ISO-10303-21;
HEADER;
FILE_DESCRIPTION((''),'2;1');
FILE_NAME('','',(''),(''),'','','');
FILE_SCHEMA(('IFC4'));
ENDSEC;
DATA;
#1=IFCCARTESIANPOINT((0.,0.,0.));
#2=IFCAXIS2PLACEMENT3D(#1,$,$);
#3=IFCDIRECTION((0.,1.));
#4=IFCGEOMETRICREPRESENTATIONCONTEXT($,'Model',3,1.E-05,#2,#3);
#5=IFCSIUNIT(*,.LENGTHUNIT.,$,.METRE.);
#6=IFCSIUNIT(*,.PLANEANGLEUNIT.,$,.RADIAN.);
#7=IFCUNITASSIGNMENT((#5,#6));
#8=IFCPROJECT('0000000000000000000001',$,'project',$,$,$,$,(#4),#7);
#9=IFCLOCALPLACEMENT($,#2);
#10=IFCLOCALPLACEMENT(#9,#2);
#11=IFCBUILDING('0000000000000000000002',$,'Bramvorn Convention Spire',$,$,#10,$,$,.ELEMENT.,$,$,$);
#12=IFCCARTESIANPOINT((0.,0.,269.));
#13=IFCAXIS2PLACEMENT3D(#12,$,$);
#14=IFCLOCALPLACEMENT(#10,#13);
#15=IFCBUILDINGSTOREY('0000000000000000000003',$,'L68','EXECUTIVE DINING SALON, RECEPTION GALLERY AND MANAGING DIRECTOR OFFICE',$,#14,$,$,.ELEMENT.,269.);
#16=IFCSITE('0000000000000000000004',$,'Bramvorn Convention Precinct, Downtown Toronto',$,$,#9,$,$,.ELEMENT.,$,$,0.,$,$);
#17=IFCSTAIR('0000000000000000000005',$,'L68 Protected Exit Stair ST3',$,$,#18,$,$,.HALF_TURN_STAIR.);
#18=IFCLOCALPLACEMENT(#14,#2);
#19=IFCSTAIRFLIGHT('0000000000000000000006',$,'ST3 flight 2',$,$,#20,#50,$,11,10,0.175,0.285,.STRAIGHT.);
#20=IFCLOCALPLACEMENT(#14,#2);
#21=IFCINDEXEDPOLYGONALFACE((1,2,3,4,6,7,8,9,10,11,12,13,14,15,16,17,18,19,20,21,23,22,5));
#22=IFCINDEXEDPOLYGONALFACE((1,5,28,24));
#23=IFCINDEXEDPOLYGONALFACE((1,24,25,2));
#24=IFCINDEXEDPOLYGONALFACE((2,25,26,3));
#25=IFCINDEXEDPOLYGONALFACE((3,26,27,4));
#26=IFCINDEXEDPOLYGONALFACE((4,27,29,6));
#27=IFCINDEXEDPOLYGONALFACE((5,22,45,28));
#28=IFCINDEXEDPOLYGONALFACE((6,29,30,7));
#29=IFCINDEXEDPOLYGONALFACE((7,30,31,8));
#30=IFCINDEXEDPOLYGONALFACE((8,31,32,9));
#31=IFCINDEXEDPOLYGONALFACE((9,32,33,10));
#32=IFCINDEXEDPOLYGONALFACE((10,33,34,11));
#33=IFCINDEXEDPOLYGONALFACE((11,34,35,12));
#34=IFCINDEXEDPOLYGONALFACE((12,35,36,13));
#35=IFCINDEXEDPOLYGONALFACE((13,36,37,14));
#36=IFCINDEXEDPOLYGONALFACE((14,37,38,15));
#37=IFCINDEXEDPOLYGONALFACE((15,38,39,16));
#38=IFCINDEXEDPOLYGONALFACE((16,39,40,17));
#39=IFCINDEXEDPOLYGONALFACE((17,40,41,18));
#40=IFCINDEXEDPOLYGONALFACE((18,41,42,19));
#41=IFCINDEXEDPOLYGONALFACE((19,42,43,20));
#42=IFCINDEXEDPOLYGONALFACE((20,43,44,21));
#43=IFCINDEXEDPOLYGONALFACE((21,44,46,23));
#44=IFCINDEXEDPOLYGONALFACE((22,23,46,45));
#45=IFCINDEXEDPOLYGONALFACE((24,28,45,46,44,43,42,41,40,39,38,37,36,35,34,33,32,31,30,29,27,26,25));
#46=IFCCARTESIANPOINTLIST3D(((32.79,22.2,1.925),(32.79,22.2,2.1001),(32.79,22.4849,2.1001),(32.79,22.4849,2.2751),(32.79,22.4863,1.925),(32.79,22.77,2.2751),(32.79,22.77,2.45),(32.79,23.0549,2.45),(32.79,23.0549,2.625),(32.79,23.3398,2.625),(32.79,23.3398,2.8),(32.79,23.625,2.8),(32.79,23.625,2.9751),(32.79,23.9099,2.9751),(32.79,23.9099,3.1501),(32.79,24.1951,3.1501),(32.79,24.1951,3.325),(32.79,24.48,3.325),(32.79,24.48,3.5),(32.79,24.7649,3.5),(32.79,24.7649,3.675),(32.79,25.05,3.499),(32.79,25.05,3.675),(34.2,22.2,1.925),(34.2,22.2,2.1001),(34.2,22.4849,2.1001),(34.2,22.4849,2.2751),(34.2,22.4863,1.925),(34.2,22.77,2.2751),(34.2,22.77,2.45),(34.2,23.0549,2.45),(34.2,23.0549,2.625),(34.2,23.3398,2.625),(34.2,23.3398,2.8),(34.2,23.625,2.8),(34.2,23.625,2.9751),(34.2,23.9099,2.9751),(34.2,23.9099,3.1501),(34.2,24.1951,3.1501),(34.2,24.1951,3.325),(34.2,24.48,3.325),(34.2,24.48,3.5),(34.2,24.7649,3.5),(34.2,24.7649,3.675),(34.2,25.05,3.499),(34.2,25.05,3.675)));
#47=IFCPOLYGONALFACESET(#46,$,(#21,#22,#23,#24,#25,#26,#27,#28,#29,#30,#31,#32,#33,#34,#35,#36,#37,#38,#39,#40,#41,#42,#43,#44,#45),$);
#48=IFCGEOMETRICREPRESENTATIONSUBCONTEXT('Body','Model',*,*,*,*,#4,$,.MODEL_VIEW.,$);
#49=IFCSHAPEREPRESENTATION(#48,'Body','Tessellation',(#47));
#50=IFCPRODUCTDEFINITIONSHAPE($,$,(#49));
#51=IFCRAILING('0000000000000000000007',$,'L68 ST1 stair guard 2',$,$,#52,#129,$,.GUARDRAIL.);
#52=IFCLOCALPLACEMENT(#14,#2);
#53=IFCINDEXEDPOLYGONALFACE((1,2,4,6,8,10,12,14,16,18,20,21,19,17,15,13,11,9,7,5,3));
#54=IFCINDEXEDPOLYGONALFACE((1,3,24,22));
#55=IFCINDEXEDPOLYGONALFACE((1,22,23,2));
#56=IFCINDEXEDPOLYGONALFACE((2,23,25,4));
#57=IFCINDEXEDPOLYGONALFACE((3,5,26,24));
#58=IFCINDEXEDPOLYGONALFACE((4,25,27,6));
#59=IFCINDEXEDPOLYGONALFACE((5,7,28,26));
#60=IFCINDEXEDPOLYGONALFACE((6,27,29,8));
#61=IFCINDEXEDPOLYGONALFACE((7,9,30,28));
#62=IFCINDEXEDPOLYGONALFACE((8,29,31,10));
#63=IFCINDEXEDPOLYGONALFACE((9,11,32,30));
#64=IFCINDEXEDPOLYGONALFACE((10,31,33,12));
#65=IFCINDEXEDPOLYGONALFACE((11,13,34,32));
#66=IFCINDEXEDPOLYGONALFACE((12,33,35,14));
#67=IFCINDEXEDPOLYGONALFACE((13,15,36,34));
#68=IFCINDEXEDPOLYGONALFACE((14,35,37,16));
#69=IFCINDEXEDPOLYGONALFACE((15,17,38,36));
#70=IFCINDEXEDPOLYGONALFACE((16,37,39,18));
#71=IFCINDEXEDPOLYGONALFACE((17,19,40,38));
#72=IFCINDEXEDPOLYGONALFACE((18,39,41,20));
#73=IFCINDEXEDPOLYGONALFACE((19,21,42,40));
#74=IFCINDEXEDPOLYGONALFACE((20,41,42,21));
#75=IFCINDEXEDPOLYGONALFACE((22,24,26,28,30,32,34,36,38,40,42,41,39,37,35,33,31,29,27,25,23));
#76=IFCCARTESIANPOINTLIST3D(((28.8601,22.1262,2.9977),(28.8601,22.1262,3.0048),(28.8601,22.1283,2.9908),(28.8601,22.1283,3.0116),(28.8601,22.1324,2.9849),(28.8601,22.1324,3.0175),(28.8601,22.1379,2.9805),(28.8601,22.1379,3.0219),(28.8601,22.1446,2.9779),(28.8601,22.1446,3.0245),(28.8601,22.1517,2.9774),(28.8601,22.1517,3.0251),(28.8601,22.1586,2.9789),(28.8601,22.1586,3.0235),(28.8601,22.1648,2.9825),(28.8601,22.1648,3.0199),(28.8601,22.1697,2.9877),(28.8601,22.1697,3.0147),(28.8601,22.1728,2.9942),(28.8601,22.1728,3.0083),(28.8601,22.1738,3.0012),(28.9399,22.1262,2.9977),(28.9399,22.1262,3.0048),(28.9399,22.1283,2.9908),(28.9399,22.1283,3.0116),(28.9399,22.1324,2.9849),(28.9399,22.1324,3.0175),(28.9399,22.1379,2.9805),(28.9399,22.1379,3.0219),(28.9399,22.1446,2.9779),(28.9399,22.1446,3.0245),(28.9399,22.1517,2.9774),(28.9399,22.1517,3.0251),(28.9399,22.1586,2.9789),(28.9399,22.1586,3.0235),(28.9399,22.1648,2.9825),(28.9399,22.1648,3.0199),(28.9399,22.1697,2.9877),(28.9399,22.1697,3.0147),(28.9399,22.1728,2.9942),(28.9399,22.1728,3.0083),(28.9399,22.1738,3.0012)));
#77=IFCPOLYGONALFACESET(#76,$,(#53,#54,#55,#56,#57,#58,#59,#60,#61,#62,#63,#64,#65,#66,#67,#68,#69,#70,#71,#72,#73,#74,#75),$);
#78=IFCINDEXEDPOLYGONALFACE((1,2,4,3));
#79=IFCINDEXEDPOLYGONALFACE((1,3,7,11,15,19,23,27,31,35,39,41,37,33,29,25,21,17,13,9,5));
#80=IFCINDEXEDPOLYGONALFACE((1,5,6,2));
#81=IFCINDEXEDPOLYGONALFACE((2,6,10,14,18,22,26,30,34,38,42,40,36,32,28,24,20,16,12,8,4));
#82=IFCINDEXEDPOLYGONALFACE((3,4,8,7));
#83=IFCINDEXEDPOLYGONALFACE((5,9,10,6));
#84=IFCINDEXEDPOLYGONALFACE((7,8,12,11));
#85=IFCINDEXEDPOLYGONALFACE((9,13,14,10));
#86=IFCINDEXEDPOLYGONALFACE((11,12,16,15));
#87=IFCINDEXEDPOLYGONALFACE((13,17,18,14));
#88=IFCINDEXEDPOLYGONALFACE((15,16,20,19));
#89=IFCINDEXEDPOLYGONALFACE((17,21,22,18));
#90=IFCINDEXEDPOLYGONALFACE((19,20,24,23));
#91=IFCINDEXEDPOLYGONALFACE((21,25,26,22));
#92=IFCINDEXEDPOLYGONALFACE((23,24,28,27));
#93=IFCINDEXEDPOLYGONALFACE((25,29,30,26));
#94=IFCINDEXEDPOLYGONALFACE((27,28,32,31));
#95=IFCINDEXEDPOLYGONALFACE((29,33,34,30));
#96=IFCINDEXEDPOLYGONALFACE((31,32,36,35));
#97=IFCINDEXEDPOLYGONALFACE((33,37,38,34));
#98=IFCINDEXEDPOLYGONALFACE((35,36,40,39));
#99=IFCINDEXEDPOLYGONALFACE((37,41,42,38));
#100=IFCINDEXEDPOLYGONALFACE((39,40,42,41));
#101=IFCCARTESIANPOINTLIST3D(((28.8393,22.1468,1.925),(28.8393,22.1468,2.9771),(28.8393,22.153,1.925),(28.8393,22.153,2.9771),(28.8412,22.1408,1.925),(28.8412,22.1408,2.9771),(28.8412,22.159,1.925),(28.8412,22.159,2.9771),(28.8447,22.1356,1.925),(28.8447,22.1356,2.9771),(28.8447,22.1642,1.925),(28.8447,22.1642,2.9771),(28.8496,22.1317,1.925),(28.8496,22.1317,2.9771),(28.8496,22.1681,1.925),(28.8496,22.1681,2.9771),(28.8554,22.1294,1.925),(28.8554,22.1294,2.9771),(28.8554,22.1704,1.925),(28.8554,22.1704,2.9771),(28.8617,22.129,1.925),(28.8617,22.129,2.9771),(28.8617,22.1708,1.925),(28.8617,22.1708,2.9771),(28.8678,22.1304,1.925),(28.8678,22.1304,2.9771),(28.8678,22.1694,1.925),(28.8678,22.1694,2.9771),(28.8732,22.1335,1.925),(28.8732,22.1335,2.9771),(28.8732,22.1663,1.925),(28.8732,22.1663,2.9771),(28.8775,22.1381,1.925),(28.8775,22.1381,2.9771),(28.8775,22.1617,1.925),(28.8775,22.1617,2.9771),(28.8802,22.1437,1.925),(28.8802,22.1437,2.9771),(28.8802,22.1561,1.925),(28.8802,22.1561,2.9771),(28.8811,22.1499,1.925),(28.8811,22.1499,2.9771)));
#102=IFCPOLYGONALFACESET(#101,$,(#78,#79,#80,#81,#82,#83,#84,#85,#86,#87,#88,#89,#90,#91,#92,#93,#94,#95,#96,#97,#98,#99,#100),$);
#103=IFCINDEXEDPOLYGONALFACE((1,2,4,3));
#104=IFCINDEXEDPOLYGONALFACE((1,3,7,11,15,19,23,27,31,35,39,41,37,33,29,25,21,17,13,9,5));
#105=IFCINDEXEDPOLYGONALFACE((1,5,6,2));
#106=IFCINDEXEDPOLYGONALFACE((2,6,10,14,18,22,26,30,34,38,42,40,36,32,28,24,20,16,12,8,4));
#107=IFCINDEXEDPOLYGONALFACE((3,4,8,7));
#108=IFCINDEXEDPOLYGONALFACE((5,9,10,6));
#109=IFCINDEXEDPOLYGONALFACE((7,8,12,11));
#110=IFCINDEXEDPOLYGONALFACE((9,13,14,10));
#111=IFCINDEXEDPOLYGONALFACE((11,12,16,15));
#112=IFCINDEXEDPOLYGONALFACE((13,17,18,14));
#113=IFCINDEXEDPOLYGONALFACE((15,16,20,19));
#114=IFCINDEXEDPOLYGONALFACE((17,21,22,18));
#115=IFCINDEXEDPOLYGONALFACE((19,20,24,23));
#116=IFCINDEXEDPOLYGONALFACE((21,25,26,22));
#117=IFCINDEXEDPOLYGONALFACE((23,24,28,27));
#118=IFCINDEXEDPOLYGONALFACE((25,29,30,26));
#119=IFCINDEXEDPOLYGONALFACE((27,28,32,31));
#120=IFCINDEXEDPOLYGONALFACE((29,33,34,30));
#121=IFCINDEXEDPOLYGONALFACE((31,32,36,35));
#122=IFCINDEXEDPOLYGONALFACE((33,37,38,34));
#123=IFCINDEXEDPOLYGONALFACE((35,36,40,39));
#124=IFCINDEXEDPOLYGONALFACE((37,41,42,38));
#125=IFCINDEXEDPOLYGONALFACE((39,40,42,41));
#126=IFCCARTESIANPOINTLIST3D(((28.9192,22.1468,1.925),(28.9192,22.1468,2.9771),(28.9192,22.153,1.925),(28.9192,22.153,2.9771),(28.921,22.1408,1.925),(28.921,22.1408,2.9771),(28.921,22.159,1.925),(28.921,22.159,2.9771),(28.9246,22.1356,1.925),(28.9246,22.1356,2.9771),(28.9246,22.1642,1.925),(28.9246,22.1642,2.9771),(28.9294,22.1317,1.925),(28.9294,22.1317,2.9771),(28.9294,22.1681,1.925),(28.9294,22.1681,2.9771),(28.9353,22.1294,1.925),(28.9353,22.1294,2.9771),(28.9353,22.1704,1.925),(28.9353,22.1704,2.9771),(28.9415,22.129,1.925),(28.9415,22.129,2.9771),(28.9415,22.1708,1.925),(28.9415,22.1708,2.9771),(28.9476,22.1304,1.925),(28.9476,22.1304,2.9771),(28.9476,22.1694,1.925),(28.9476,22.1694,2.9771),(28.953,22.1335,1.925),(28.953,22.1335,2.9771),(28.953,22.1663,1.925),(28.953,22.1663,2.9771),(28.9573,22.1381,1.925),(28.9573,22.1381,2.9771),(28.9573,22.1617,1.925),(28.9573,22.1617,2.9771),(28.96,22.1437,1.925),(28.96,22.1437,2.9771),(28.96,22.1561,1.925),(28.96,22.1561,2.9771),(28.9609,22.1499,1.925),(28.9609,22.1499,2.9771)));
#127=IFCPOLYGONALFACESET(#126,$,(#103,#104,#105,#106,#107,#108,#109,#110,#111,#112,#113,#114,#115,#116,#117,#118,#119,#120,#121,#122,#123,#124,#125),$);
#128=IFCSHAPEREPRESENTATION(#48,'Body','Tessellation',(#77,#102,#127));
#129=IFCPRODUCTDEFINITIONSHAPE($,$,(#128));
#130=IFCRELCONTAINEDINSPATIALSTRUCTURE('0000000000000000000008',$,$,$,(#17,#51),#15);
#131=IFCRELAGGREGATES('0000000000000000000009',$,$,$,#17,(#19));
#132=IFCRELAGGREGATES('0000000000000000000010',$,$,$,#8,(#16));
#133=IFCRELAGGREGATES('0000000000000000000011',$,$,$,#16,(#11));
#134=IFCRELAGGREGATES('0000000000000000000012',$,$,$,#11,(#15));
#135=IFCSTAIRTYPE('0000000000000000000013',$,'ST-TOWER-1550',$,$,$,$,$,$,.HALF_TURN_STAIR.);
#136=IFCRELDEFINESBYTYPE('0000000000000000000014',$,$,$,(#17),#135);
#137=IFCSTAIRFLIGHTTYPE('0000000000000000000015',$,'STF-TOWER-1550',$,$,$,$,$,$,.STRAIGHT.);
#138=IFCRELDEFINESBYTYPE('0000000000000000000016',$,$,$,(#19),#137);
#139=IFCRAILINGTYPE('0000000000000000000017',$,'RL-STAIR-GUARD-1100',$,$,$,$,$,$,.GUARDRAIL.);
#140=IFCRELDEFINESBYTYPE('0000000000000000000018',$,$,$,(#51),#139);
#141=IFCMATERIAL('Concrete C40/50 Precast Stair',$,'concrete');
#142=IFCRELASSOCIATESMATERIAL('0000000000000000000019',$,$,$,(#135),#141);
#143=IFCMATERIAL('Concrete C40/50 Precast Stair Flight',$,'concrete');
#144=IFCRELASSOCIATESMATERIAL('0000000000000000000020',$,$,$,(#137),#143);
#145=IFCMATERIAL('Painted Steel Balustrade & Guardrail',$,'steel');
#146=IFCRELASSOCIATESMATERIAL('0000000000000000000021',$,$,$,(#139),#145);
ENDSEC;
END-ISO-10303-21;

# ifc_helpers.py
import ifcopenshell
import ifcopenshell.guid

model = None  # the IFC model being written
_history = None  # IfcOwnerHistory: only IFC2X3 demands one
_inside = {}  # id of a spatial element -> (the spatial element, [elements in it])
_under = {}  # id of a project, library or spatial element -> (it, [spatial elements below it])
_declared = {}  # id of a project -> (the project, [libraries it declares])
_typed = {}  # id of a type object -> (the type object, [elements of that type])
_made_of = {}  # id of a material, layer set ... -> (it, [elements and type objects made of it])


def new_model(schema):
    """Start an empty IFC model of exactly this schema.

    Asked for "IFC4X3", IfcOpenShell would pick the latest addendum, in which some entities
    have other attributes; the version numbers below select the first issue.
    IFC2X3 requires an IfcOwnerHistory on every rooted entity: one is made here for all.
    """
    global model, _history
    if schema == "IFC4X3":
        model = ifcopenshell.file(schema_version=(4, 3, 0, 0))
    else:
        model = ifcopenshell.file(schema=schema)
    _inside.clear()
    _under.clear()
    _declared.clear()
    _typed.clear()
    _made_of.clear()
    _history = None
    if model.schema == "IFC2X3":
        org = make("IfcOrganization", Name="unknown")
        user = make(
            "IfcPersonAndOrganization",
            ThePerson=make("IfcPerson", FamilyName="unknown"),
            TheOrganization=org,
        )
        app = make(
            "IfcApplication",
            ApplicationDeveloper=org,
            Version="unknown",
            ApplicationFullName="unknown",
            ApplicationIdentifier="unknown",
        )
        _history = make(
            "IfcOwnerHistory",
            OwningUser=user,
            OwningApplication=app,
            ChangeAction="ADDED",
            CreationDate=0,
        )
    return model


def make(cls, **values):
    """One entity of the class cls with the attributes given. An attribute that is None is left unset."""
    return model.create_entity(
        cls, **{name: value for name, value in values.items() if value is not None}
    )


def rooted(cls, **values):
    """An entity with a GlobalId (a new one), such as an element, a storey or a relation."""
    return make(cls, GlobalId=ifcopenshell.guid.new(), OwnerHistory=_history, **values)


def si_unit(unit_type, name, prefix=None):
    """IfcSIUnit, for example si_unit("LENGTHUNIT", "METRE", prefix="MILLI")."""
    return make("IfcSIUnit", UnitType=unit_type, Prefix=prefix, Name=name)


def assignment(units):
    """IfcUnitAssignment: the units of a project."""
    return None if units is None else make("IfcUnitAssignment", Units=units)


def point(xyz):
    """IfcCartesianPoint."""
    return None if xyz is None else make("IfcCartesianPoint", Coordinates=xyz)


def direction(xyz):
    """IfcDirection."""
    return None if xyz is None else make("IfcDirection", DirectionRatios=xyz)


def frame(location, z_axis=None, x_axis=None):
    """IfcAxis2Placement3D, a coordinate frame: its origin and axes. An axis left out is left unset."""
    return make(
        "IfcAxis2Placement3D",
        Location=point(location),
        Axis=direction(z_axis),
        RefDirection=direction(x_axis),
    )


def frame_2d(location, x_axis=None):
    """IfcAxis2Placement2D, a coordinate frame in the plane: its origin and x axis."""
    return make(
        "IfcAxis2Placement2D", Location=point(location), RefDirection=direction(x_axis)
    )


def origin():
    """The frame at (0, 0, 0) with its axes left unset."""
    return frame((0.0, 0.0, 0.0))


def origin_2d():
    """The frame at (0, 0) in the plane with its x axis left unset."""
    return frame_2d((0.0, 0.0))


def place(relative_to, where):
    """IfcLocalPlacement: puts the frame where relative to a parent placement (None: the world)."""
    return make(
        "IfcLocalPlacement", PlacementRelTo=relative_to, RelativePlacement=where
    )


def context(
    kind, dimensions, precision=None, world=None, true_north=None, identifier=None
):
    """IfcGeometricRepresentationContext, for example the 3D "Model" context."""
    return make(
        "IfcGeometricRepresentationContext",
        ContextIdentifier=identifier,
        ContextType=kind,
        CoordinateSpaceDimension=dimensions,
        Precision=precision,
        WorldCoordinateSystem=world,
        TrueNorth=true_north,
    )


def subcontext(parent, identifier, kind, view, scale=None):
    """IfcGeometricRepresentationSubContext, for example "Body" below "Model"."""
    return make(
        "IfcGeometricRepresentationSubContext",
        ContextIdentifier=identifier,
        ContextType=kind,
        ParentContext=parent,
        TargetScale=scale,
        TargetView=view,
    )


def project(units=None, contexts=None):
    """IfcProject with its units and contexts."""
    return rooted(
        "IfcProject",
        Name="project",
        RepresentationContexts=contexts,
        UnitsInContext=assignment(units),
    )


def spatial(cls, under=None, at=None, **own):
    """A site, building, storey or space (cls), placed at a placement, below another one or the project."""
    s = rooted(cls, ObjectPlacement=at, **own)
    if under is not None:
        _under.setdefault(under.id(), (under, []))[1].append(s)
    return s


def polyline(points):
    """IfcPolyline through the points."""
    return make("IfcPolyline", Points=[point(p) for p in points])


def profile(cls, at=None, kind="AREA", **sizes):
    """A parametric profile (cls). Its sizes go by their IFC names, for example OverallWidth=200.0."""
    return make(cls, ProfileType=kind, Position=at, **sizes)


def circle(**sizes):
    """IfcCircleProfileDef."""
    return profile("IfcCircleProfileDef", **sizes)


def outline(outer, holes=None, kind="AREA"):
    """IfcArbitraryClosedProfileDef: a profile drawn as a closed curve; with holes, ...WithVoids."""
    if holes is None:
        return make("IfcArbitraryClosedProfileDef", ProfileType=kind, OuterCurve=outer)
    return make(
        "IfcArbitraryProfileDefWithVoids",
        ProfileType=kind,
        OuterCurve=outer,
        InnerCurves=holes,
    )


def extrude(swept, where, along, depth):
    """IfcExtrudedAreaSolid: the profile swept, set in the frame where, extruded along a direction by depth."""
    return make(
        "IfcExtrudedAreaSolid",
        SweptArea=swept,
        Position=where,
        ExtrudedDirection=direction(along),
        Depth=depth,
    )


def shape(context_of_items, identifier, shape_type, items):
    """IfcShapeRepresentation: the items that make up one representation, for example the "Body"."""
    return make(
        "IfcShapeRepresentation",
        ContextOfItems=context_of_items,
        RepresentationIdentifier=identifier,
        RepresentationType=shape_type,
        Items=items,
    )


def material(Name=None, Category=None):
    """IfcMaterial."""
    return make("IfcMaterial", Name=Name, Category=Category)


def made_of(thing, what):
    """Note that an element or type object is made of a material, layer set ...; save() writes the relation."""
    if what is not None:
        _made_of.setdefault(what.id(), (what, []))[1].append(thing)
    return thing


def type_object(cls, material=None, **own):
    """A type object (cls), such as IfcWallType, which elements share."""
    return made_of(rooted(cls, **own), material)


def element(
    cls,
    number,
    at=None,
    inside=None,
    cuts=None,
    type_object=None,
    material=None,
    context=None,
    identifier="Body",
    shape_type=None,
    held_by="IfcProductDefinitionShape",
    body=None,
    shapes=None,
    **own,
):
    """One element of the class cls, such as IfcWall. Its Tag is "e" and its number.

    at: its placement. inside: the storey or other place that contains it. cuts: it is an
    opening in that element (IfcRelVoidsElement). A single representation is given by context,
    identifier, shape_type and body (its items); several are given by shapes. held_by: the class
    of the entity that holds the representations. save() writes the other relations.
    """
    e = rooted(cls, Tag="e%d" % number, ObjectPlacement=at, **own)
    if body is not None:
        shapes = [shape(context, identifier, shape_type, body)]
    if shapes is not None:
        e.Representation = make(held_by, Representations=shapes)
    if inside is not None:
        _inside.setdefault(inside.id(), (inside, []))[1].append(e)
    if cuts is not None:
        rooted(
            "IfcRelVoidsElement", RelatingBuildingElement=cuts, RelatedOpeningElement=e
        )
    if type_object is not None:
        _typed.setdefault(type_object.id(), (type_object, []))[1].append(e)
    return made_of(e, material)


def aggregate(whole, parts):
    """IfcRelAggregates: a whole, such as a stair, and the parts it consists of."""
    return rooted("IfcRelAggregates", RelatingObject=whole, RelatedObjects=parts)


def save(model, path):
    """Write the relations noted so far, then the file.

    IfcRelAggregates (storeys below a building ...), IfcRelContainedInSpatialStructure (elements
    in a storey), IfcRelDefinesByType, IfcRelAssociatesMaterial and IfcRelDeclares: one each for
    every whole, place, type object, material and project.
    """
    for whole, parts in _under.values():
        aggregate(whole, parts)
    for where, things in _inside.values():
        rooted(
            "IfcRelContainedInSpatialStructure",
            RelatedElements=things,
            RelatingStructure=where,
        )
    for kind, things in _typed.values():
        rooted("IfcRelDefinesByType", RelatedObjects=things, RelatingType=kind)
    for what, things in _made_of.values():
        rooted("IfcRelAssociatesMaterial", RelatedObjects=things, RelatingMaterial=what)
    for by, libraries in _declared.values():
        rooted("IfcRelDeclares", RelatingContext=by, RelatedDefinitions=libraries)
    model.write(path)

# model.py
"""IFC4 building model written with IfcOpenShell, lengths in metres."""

from ifc_helpers import new_model, si_unit, direction, frame, origin, origin_2d, place, context, subcontext, project, spatial, polyline, circle, outline, extrude, material, type_object, element, aggregate, save


model = new_model("IFC4")

# Units and contexts
model_context = context("Model", 3, precision=1e-05, world=origin(), true_north=direction((0.0, 1.0)))
body_context = subcontext(model_context, "Body", "Model", "MODEL_VIEW")
ifc_project = project(units=[si_unit("LENGTHUNIT", "METRE"), si_unit("PLANEANGLEUNIT", "RADIAN")], contexts=[model_context])

# Site, building, storey
site_placement = place(None, origin())
site = spatial("IfcSite", under=ifc_project, at=site_placement, Name="Bramvorn Convention Precinct, Downtown Toronto", CompositionType="ELEMENT", RefElevation=0.0)
building_placement = place(site_placement, origin())
building = spatial("IfcBuilding", under=site, at=building_placement, Name="Bramvorn Convention Spire", CompositionType="ELEMENT")
storey_placement = place(building_placement, frame((0.0, 0.0, 269.0)))
storey = spatial("IfcBuildingStorey", under=building, at=storey_placement, Name="L68", Description="EXECUTIVE DINING SALON, RECEPTION GALLERY AND MANAGING DIRECTOR OFFICE", CompositionType="ELEMENT", Elevation=269.0)

# Stair, stair flight
ifc_material_1 = material(Name="Concrete C40/50 Precast Stair", Category="concrete")
stair_type = type_object("IfcStairType", Name="ST-TOWER-1550", PredefinedType="HALF_TURN_STAIR", material=ifc_material_1)
ifc_material_2 = material(Name="Concrete C40/50 Precast Stair Flight", Category="concrete")
stair_flight_type = type_object("IfcStairFlightType", Name="STF-TOWER-1550", PredefinedType="STRAIGHT", material=ifc_material_2)
stair_1_placement = place(storey_placement, origin())
stair_1 = element("IfcStair", 1, at=stair_1_placement, inside=storey, type_object=stair_type, Name="L68 Protected Exit Stair ST3", PredefinedType="HALF_TURN_STAIR")
stair_flight_1_placement = place(storey_placement, frame((33.4951, 22.2, 1.925), z_axis=(0.0, 0.0, 1.0), x_axis=(0.0, 1.0, 0.0)))
stair_flight_1 = element("IfcStairFlight", 2, at=stair_flight_1_placement, type_object=stair_flight_type, Name="ST3 flight 2", NumberOfRisers=11, NumberOfTreads=10, PredefinedType="STRAIGHT", RiserHeight=0.175, TreadLength=0.285, context=body_context, shape_type="SweptSolid", body=[
    extrude(outline(polyline([(0.0, 0.0), (0.0, 0.175), (0.2849, 0.175), (0.2849, 0.3501), (0.5701, 0.3501), (0.5701, 0.5249), (0.855, 0.5249), (0.855, 0.7), (1.1399, 0.7), (1.1399, 0.875), (1.425, 0.875), (1.425, 1.05), (1.71, 1.05), (1.71, 1.2251), (1.9951, 1.2251), (1.9951, 1.3999), (2.28, 1.3999), (2.28, 1.575), (2.5649, 1.575), (2.5649, 1.75), (2.8501, 1.75), (2.8501, 1.925), (2.8501, 1.574), (0.2864, 0.0), (0.0, 0.0)])), frame((0.0, 0.7051, 0.0), z_axis=(0.0, -1.0, 0.0), x_axis=(1.0, 0.0, 0.0)), (0.0, 0.0, 1.0), 1.4099),
])
aggregate(stair_1, [stair_flight_1])

# Railing
ifc_material_3 = material(Name="Painted Steel Balustrade & Guardrail", Category="steel")
railing_type_1 = type_object("IfcRailingType", Name="RL-STAIR-GUARD-1100", PredefinedType="GUARDRAIL", material=ifc_material_3)
railing_1_placement = place(storey_placement, frame((28.8601, 22.1499, 1.925)))
element("IfcRailing", 3, at=railing_1_placement, inside=storey, type_object=railing_type_1, Name="L68 ST1 stair guard 2", PredefinedType="GUARDRAIL", context=body_context, shape_type="SweptSolid", body=[
    extrude(circle(Radius=0.0239, at=origin_2d()), frame((0.0, 0.0, 1.0762), z_axis=(1.0, 0.0, 0.0), x_axis=(0.0, 1.0, 0.0)), (0.0, 0.0, 1.0), 0.0798),
    extrude(circle(Radius=0.021, at=origin_2d()), origin(), (0.0, 0.0, 1.0), 1.052),
    extrude(circle(Radius=0.021, at=origin_2d()), frame((0.0798, 0.0, 0.0)), (0.0, 0.0, 1.0), 1.052),
])

save(model, "model.ifc")
